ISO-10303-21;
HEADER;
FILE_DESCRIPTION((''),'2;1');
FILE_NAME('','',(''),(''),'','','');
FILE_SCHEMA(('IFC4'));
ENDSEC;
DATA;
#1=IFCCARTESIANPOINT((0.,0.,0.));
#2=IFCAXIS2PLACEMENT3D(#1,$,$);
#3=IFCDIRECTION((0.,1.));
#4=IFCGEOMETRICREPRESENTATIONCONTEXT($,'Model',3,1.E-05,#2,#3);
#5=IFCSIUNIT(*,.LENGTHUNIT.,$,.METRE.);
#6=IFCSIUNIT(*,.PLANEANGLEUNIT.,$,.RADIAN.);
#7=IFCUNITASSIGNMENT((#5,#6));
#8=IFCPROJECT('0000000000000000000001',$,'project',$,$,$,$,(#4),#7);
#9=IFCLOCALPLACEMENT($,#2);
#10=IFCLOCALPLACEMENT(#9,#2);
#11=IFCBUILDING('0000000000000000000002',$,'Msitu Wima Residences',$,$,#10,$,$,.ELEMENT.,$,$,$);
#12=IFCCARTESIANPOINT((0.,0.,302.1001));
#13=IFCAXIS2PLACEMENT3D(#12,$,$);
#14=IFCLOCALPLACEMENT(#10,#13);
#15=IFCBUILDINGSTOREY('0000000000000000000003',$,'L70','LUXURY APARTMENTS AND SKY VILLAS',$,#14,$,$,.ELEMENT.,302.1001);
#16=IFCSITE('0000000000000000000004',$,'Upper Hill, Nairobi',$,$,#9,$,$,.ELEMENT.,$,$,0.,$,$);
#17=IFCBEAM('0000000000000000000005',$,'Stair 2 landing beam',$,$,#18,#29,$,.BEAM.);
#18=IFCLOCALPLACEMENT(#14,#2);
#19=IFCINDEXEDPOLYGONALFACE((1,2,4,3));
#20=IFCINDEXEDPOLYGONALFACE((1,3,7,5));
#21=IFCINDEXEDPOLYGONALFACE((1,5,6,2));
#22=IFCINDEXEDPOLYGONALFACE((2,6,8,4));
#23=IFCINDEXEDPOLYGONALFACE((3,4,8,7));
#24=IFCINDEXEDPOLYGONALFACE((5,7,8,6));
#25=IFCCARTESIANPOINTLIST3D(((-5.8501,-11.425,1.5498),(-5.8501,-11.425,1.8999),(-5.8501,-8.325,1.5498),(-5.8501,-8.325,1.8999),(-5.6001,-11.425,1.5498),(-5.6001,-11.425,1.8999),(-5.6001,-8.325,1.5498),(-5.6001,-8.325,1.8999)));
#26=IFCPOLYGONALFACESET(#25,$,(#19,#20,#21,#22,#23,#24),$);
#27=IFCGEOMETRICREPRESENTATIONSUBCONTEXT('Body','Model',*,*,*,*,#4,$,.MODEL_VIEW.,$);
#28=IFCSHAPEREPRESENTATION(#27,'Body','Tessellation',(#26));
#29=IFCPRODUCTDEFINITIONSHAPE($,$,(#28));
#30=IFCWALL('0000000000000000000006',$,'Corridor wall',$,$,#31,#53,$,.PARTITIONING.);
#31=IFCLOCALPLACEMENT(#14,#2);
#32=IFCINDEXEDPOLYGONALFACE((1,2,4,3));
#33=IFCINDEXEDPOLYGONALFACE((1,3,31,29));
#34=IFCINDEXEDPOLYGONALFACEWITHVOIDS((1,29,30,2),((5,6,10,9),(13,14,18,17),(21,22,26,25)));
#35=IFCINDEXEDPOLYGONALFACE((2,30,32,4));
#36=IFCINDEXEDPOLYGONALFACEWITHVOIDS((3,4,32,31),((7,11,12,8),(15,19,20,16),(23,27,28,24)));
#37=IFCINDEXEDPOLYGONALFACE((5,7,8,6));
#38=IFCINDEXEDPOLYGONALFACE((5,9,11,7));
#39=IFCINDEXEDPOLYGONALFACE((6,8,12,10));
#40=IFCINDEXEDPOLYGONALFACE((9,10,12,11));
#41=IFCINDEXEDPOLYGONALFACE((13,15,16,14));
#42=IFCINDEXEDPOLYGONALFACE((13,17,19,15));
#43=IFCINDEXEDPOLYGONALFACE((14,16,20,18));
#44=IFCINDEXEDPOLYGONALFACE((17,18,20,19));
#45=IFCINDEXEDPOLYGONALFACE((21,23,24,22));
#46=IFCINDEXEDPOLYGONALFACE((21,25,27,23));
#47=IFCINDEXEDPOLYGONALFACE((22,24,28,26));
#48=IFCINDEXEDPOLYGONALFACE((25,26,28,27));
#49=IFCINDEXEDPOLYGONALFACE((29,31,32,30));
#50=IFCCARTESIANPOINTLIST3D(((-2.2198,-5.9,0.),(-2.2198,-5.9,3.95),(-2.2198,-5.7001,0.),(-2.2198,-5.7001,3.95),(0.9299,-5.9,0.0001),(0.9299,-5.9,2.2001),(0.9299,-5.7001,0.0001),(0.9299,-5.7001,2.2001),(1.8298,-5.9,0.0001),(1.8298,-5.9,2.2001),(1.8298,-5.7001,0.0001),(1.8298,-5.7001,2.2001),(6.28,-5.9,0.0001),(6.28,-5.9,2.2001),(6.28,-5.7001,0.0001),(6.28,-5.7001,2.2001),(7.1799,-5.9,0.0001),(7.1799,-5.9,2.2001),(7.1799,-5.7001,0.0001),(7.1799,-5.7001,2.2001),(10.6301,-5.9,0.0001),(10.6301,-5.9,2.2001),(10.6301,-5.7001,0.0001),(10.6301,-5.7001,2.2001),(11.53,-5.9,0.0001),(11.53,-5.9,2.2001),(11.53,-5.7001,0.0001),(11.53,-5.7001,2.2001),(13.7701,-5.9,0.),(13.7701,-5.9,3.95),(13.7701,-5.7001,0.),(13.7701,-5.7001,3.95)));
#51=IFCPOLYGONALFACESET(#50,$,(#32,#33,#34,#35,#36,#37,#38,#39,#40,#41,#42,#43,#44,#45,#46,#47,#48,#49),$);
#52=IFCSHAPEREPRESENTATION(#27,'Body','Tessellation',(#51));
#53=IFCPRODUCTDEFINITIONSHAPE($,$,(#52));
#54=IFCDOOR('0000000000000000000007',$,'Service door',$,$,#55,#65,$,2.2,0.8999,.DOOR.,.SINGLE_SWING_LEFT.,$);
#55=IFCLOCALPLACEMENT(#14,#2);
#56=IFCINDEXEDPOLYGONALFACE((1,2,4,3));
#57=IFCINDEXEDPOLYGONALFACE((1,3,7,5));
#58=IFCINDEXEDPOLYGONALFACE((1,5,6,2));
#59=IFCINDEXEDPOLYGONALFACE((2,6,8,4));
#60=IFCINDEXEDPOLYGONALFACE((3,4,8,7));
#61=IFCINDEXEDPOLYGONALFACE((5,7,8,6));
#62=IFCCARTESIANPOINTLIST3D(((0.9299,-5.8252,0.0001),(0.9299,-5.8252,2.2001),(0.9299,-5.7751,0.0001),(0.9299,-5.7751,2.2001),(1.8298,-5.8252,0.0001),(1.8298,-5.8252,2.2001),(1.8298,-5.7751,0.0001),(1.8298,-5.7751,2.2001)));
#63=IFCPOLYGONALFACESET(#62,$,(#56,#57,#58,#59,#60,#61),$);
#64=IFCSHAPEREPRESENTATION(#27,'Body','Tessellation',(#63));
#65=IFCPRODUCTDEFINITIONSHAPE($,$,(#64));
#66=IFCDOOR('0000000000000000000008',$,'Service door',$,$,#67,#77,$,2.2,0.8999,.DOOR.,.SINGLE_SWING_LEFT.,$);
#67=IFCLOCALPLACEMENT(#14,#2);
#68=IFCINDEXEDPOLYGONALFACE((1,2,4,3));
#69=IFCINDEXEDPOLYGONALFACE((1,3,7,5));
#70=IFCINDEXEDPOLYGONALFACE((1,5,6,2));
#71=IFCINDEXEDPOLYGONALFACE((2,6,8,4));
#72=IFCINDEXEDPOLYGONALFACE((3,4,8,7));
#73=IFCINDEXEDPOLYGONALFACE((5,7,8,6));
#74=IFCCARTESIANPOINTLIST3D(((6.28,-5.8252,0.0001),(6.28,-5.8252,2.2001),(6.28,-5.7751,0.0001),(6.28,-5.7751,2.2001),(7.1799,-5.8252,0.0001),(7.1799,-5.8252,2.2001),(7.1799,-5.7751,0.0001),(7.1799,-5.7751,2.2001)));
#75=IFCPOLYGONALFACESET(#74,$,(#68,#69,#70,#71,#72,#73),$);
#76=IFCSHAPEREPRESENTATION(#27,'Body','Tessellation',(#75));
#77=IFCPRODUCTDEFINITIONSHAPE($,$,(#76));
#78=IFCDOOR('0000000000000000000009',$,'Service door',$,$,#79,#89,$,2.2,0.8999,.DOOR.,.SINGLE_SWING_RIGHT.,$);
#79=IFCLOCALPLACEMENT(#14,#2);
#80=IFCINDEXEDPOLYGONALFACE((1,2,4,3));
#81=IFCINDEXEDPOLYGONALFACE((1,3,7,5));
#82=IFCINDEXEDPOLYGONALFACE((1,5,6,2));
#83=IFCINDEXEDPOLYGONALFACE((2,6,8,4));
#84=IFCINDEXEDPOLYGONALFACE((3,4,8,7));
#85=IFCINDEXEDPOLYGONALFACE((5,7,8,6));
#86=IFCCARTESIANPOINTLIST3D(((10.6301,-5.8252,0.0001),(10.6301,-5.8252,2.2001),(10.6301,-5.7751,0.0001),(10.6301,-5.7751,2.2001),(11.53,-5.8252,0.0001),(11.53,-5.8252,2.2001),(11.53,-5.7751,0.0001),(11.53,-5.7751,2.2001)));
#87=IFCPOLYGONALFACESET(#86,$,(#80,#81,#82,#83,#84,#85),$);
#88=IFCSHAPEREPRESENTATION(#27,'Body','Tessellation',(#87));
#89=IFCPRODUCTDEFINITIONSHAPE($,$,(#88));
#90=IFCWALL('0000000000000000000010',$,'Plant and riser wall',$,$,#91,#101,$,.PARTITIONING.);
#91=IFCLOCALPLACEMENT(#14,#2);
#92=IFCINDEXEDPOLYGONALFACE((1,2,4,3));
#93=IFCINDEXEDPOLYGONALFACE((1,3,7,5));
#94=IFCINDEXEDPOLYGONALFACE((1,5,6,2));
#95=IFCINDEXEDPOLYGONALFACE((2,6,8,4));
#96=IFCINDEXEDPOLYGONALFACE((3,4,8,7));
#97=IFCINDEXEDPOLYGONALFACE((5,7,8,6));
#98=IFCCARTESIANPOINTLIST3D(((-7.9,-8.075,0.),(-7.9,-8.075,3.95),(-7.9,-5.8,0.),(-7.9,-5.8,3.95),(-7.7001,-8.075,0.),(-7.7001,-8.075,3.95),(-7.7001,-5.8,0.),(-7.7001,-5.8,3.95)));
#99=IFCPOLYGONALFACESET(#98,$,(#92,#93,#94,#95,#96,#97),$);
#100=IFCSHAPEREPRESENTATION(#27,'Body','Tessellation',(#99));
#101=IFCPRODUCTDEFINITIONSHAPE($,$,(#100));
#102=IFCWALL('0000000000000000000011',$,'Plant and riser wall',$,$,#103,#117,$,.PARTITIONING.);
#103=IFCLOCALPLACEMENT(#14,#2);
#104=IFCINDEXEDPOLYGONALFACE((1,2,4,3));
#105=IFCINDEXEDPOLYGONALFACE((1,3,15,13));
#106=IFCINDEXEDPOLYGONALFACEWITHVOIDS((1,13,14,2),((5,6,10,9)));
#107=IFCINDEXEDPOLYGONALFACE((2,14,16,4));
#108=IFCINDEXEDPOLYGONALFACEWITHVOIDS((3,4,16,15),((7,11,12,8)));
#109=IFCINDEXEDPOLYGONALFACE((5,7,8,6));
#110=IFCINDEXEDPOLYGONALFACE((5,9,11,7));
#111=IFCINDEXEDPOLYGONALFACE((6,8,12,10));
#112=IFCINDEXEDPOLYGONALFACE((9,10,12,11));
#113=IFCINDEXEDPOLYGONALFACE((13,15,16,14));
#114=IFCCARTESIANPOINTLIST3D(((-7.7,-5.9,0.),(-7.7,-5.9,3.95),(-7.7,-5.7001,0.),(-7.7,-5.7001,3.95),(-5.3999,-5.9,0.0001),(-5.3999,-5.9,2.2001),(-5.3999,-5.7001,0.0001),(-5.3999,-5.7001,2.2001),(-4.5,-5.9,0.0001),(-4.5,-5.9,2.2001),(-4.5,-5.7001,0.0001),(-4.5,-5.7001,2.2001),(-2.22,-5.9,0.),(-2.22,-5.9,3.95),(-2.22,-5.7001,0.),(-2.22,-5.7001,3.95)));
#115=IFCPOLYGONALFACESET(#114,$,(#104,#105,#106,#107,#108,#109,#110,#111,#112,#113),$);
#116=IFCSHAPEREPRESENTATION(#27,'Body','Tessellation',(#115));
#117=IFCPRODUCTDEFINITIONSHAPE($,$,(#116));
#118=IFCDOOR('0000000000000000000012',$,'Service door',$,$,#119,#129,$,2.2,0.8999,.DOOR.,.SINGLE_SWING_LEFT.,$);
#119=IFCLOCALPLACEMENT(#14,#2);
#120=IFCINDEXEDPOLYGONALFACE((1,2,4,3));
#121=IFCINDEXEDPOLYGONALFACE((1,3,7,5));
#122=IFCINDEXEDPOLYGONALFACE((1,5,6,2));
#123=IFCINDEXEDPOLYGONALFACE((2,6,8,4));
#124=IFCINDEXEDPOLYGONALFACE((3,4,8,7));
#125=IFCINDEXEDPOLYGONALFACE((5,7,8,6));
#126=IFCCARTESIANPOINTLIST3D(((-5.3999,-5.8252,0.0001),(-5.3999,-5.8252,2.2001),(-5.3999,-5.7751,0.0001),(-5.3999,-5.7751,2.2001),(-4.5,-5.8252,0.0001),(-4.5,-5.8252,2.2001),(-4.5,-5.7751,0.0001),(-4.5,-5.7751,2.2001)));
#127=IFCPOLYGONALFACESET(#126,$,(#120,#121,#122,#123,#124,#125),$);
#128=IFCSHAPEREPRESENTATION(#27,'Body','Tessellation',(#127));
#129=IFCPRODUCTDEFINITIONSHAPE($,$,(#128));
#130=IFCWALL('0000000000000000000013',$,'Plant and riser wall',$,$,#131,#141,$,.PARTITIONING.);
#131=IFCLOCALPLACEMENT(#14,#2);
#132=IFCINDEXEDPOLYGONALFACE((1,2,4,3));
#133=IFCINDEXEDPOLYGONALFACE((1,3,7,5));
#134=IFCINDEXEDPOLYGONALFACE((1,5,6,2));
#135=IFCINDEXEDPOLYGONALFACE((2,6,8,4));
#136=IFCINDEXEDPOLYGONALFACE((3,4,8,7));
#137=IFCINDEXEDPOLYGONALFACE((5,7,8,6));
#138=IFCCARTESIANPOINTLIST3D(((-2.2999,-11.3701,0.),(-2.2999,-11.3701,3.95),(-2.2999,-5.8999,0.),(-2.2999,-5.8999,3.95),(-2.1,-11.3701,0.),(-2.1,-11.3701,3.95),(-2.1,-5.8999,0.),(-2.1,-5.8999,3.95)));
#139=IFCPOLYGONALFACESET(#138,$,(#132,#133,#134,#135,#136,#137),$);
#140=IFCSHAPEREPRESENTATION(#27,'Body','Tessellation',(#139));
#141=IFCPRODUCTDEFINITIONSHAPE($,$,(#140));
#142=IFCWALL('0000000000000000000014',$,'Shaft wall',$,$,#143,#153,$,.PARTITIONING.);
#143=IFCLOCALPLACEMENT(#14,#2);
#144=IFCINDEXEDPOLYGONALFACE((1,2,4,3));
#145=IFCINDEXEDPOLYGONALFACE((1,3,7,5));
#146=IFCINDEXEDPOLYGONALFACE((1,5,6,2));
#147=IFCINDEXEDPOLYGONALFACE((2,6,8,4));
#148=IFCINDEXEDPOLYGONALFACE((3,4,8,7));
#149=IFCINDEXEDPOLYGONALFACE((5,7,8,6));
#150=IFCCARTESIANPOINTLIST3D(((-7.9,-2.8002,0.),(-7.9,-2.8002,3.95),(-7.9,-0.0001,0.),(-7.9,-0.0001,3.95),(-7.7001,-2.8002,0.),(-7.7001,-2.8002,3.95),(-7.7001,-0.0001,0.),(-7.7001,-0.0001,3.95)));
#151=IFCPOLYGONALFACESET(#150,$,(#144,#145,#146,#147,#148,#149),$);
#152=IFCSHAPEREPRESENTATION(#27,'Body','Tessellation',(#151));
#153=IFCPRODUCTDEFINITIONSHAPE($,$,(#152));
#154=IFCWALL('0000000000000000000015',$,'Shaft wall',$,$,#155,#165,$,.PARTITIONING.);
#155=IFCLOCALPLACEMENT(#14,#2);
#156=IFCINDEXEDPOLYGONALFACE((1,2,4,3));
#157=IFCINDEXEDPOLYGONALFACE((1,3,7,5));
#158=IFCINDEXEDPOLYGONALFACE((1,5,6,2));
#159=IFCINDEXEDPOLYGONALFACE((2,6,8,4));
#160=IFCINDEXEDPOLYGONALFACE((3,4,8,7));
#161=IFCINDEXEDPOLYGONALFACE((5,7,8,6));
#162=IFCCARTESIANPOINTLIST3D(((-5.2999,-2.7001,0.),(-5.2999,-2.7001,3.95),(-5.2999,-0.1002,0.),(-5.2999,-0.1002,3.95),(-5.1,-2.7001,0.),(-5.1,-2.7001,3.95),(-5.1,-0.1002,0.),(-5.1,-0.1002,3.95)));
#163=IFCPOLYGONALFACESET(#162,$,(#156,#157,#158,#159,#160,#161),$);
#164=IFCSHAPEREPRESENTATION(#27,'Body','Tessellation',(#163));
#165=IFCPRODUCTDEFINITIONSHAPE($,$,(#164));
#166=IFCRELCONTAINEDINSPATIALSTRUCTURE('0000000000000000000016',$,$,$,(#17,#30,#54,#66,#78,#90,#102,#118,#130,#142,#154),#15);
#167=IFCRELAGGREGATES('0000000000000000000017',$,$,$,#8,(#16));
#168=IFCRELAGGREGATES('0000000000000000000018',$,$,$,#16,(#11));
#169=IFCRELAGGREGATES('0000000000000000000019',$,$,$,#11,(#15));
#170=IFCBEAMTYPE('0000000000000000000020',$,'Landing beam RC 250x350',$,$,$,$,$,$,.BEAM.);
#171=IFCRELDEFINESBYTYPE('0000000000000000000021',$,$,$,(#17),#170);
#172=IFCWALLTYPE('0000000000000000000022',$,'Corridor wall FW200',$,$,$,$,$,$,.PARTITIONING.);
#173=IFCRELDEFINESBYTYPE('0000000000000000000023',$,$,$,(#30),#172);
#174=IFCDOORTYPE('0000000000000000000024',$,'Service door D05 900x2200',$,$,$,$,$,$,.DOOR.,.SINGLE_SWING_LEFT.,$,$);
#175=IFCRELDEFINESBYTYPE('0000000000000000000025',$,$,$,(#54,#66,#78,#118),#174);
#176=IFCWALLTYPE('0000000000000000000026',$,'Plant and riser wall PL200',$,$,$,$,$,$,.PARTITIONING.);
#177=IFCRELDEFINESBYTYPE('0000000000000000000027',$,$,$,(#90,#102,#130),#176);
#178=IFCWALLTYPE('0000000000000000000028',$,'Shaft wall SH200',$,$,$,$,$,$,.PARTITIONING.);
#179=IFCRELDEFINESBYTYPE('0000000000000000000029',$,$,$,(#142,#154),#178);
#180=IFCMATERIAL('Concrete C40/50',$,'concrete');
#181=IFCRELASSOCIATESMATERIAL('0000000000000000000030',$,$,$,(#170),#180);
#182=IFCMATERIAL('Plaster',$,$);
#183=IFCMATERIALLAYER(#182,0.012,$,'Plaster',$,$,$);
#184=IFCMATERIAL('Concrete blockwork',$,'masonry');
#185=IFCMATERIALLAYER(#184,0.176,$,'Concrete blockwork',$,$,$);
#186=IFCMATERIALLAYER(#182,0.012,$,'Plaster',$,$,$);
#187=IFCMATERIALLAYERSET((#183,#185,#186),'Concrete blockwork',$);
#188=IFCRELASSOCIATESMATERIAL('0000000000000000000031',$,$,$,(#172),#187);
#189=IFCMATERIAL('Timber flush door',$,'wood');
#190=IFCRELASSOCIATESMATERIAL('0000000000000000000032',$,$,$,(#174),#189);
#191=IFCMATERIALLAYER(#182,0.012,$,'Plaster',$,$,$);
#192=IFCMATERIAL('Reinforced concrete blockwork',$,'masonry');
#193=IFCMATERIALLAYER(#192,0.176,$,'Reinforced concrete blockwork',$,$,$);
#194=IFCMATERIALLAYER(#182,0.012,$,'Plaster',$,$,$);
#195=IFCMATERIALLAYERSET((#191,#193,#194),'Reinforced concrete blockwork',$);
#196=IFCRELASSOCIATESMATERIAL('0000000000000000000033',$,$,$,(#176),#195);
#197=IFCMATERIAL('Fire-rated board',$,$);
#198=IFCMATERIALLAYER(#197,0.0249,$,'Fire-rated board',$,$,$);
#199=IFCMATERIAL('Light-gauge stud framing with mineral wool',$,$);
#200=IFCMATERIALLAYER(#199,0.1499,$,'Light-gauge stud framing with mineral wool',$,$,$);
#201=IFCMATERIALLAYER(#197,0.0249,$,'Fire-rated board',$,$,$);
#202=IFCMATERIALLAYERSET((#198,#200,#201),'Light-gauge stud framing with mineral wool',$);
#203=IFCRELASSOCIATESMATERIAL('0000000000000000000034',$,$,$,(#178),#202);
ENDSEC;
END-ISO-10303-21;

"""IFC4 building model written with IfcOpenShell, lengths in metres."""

from ifc_helpers import new_model, si_unit, direction, frame, frame_2d, origin, origin_2d, place, context, subcontext, project, spatial, rectangle, extrude, material, layer, layer_set, material_profile, profile_set, type_object, element, fill, save


model = new_model("IFC4")

# Units and contexts
model_context = context("Model", 3, precision=1e-05, world=origin(), true_north=direction((0.0, 1.0)))
body_context = subcontext(model_context, "Body", "Model", "MODEL_VIEW")
ifc_project = project(units=[si_unit("LENGTHUNIT", "METRE"), si_unit("PLANEANGLEUNIT", "RADIAN")], contexts=[model_context])

# Site, building, storey
site_placement = place(None, origin())
site = spatial("IfcSite", under=ifc_project, at=site_placement, Name="Upper Hill, Nairobi", CompositionType="ELEMENT", RefElevation=0.0)
building_placement = place(site_placement, origin())
building = spatial("IfcBuilding", under=site, at=building_placement, Name="Msitu Wima Residences", CompositionType="ELEMENT")
storey_placement = place(building_placement, frame((0.0, 0.0, 302.1001)))
storey = spatial("IfcBuildingStorey", under=building, at=storey_placement, Name="L70", Description="LUXURY APARTMENTS AND SKY VILLAS", CompositionType="ELEMENT", Elevation=302.1001)

# Beam
ifc_material_1 = material(Name="Concrete C40/50", Category="concrete")
ifc_material_profile = material_profile(ifc_material_1, rectangle(XDim=0.25, YDim=0.3501, at=origin_2d()), Name="RC 250x350")
ifc_profile_set = profile_set([ifc_material_profile], Name="Concrete C40/50")
beam_type = type_object("IfcBeamType", Name="Landing beam RC 250x350", PredefinedType="BEAM", material=ifc_profile_set)
beam_placement = place(storey_placement, frame((-5.7251, -11.425, 1.7249), z_axis=(0.0, 1.0, 0.0), x_axis=(-1.0, 0.0, 0.0)))
element("IfcBeam", 1, at=beam_placement, inside=storey, type_object=beam_type, Name="Stair 2 landing beam", PredefinedType="BEAM", context=body_context, shape_type="SweptSolid", body=[
    extrude(rectangle(XDim=0.25, YDim=0.3501, at=origin_2d()), origin(), (0.0, 0.0, 1.0), 3.1001),
])

# Shared definitions
ifc_material_2 = material(Name="Plaster")
ifc_layer_1 = layer(ifc_material_2, 0.012, Name="Plaster")
ifc_material_3 = material(Name="Concrete blockwork", Category="masonry")
ifc_layer_2 = layer(ifc_material_3, 0.176, Name="Concrete blockwork")
ifc_layer_3 = layer(ifc_material_2, 0.012, Name="Plaster")
ifc_layer_set_1 = layer_set([ifc_layer_1, ifc_layer_2, ifc_layer_3], Name="Concrete blockwork")
wall_type_1 = type_object("IfcWallType", Name="Corridor wall FW200", PredefinedType="PARTITIONING", material=ifc_layer_set_1)

# Wall, openings, doors
wall_1_placement = place(storey_placement, frame((-2.22, -5.8, 0.0), z_axis=(0.0, 0.0, 1.0), x_axis=(1.0, 0.0, 0.0)))
wall_1 = element("IfcWall", 2, at=wall_1_placement, inside=storey, type_object=wall_type_1, Name="Corridor wall", PredefinedType="PARTITIONING", context=body_context, shape_type="SweptSolid", body=[
    extrude(rectangle(XDim=15.99, YDim=0.2, at=frame_2d((7.9951, 0.0))), origin(), (0.0, 0.0, 1.0), 3.95),
])
opening_1_placement = place(wall_1_placement, frame((3.1499, 0.0, 0.0)))
opening_1 = element("IfcOpeningElement", 3, at=opening_1_placement, cuts=wall_1, PredefinedType="OPENING", context=body_context, shape_type="SweptSolid", body=[
    extrude(rectangle(XDim=0.8999, YDim=2.2, at=frame_2d((0.45, 1.1001))), frame((0.0, 0.1099, 0.0), z_axis=(0.0, -1.0, 0.0), x_axis=(1.0, 0.0, 0.0)), (0.0, 0.0, 1.0), 0.22),
])
opening_2_placement = place(wall_1_placement, frame((8.5, 0.0, 0.0)))
opening_2 = element("IfcOpeningElement", 4, at=opening_2_placement, cuts=wall_1, PredefinedType="OPENING", context=body_context, shape_type="SweptSolid", body=[
    extrude(rectangle(XDim=0.8999, YDim=2.2, at=frame_2d((0.45, 1.1001))), frame((0.0, 0.1099, 0.0), z_axis=(0.0, -1.0, 0.0), x_axis=(1.0, 0.0, 0.0)), (0.0, 0.0, 1.0), 0.22),
])
opening_3_placement = place(wall_1_placement, frame((12.8501, 0.0, 0.0)))
opening_3 = element("IfcOpeningElement", 5, at=opening_3_placement, cuts=wall_1, PredefinedType="OPENING", context=body_context, shape_type="SweptSolid", body=[
    extrude(rectangle(XDim=0.8999, YDim=2.2, at=frame_2d((0.45, 1.1001))), frame((0.0, 0.1099, 0.0), z_axis=(0.0, -1.0, 0.0), x_axis=(1.0, 0.0, 0.0)), (0.0, 0.0, 1.0), 0.22),
])
ifc_material_4 = material(Name="Timber flush door", Category="wood")
door_type_1 = type_object("IfcDoorType", Name="Service door D05 900x2200", OperationType="SINGLE_SWING_LEFT", PredefinedType="DOOR", material=ifc_material_4)
door_1_placement = place(opening_1_placement, origin())
door_1 = element("IfcDoor", 6, at=door_1_placement, inside=storey, type_object=door_type_1, Name="Service door", OperationType="SINGLE_SWING_LEFT", OverallHeight=2.2, OverallWidth=0.8999, PredefinedType="DOOR", context=body_context, shape_type="SweptSolid", body=[
    extrude(rectangle(XDim=0.8999, YDim=2.2, at=frame_2d((0.45, 1.1001))), frame((0.0, 0.0249, 0.0), z_axis=(0.0, -1.0, 0.0), x_axis=(1.0, 0.0, 0.0)), (0.0, 0.0, 1.0), 0.05),
])
fill(opening_1, door_1)
door_2_placement = place(opening_2_placement, origin())
door_2 = element("IfcDoor", 7, at=door_2_placement, inside=storey, type_object=door_type_1, Name="Service door", OperationType="SINGLE_SWING_LEFT", OverallHeight=2.2, OverallWidth=0.8999, PredefinedType="DOOR", context=body_context, shape_type="SweptSolid", body=[
    extrude(rectangle(XDim=0.8999, YDim=2.2, at=frame_2d((0.45, 1.1001))), frame((0.0, 0.0249, 0.0), z_axis=(0.0, -1.0, 0.0), x_axis=(1.0, 0.0, 0.0)), (0.0, 0.0, 1.0), 0.05),
])
fill(opening_2, door_2)
door_3_placement = place(opening_3_placement, origin())
door_3 = element("IfcDoor", 8, at=door_3_placement, inside=storey, type_object=door_type_1, Name="Service door", OperationType="SINGLE_SWING_RIGHT", OverallHeight=2.2, OverallWidth=0.8999, PredefinedType="DOOR", context=body_context, shape_type="SweptSolid", body=[
    extrude(rectangle(XDim=0.8999, YDim=2.2, at=frame_2d((0.45, 1.1001))), frame((0.0, 0.0249, 0.0), z_axis=(0.0, -1.0, 0.0), x_axis=(1.0, 0.0, 0.0)), (0.0, 0.0, 1.0), 0.05),
])
fill(opening_3, door_3)

# Wall
ifc_layer_4 = layer(ifc_material_2, 0.012, Name="Plaster")
ifc_material_5 = material(Name="Reinforced concrete blockwork", Category="masonry")
ifc_layer_5 = layer(ifc_material_5, 0.176, Name="Reinforced concrete blockwork")
ifc_layer_6 = layer(ifc_material_2, 0.012, Name="Plaster")
ifc_layer_set_2 = layer_set([ifc_layer_4, ifc_layer_5, ifc_layer_6], Name="Reinforced concrete blockwork")
wall_type_2 = type_object("IfcWallType", Name="Plant and riser wall PL200", PredefinedType="PARTITIONING", material=ifc_layer_set_2)
wall_2_placement = place(storey_placement, frame((-7.8, -8.075, 0.0), z_axis=(0.0, 0.0, 1.0), x_axis=(0.0, 1.0, 0.0)))
element("IfcWall", 9, at=wall_2_placement, inside=storey, type_object=wall_type_2, Name="Plant and riser wall", PredefinedType="PARTITIONING", context=body_context, shape_type="SweptSolid", body=[
    extrude(rectangle(XDim=2.2749, YDim=0.2, at=frame_2d((1.1375, 0.0))), origin(), (0.0, 0.0, 1.0), 3.95),
])

# Wall, opening, door
wall_3_placement = place(storey_placement, frame((-7.7, -5.8, 0.0), z_axis=(0.0, 0.0, 1.0), x_axis=(1.0, 0.0, 0.0)))
wall_3 = element("IfcWall", 10, at=wall_3_placement, inside=storey, type_object=wall_type_2, Name="Plant and riser wall", PredefinedType="PARTITIONING", context=body_context, shape_type="SweptSolid", body=[
    extrude(rectangle(XDim=5.48, YDim=0.2, at=frame_2d((2.74, 0.0))), origin(), (0.0, 0.0, 1.0), 3.95),
])
opening_4_placement = place(wall_3_placement, frame((2.3, 0.0, 0.0)))
opening_4 = element("IfcOpeningElement", 11, at=opening_4_placement, cuts=wall_3, PredefinedType="OPENING", context=body_context, shape_type="SweptSolid", body=[
    extrude(rectangle(XDim=0.8999, YDim=2.2, at=frame_2d((0.45, 1.1001))), frame((0.0, 0.1099, 0.0), z_axis=(0.0, -1.0, 0.0), x_axis=(1.0, 0.0, 0.0)), (0.0, 0.0, 1.0), 0.22),
])
door_4_placement = place(opening_4_placement, origin())
door_4 = element("IfcDoor", 12, at=door_4_placement, inside=storey, type_object=door_type_1, Name="Service door", OperationType="SINGLE_SWING_LEFT", OverallHeight=2.2, OverallWidth=0.8999, PredefinedType="DOOR", context=body_context, shape_type="SweptSolid", body=[
    extrude(rectangle(XDim=0.8999, YDim=2.2, at=frame_2d((0.45, 1.1001))), frame((0.0, 0.0249, 0.0), z_axis=(0.0, -1.0, 0.0), x_axis=(1.0, 0.0, 0.0)), (0.0, 0.0, 1.0), 0.05),
])
fill(opening_4, door_4)

# Walls
wall_4_placement = place(storey_placement, frame((-2.2, -11.3701, 0.0), z_axis=(0.0, 0.0, 1.0), x_axis=(0.0, 1.0, 0.0)))
element("IfcWall", 13, at=wall_4_placement, inside=storey, type_object=wall_type_2, Name="Plant and riser wall", PredefinedType="PARTITIONING", context=body_context, shape_type="SweptSolid", body=[
    extrude(rectangle(XDim=5.4702, YDim=0.2, at=frame_2d((2.7351, 0.0))), origin(), (0.0, 0.0, 1.0), 3.95),
])
ifc_material_6 = material(Name="Fire-rated board")
ifc_layer_7 = layer(ifc_material_6, 0.0249, Name="Fire-rated board")
ifc_material_7 = material(Name="Light-gauge stud framing with mineral wool")
ifc_layer_8 = layer(ifc_material_7, 0.1499, Name="Light-gauge stud framing with mineral wool")
ifc_layer_9 = layer(ifc_material_6, 0.0249, Name="Fire-rated board")
ifc_layer_set_3 = layer_set([ifc_layer_7, ifc_layer_8, ifc_layer_9], Name="Light-gauge stud framing with mineral wool")
wall_type_3 = type_object("IfcWallType", Name="Shaft wall SH200", PredefinedType="PARTITIONING", material=ifc_layer_set_3)
wall_5_placement = place(storey_placement, frame((-7.8, -2.8, 0.0), z_axis=(0.0, 0.0, 1.0), x_axis=(0.0, 1.0, 0.0)))
element("IfcWall", 14, at=wall_5_placement, inside=storey, type_object=wall_type_3, Name="Shaft wall", PredefinedType="PARTITIONING", context=body_context, shape_type="SweptSolid", body=[
    extrude(rectangle(XDim=2.8, YDim=0.2, at=frame_2d((1.3999, 0.0))), origin(), (0.0, 0.0, 1.0), 3.95),
])
for number, where, z_axis, x_axis, name in (
    (15, (-5.2, -2.7, 0.0), (0.0, 0.0, 1.0), (0.0, 1.0, 0.0), "Shaft wall"),
):
    element("IfcWall", number, at=place(storey_placement, frame(where, z_axis=z_axis, x_axis=x_axis)), inside=storey, type_object=wall_type_3, Name=name, PredefinedType="PARTITIONING", context=body_context, shape_type="SweptSolid", body=[
        extrude(rectangle(XDim=2.5999, YDim=0.2, at=frame_2d((1.2998, 0.0))), origin(), (0.0, 0.0, 1.0), 3.95),
    ])

save(model, "model.ifc")
